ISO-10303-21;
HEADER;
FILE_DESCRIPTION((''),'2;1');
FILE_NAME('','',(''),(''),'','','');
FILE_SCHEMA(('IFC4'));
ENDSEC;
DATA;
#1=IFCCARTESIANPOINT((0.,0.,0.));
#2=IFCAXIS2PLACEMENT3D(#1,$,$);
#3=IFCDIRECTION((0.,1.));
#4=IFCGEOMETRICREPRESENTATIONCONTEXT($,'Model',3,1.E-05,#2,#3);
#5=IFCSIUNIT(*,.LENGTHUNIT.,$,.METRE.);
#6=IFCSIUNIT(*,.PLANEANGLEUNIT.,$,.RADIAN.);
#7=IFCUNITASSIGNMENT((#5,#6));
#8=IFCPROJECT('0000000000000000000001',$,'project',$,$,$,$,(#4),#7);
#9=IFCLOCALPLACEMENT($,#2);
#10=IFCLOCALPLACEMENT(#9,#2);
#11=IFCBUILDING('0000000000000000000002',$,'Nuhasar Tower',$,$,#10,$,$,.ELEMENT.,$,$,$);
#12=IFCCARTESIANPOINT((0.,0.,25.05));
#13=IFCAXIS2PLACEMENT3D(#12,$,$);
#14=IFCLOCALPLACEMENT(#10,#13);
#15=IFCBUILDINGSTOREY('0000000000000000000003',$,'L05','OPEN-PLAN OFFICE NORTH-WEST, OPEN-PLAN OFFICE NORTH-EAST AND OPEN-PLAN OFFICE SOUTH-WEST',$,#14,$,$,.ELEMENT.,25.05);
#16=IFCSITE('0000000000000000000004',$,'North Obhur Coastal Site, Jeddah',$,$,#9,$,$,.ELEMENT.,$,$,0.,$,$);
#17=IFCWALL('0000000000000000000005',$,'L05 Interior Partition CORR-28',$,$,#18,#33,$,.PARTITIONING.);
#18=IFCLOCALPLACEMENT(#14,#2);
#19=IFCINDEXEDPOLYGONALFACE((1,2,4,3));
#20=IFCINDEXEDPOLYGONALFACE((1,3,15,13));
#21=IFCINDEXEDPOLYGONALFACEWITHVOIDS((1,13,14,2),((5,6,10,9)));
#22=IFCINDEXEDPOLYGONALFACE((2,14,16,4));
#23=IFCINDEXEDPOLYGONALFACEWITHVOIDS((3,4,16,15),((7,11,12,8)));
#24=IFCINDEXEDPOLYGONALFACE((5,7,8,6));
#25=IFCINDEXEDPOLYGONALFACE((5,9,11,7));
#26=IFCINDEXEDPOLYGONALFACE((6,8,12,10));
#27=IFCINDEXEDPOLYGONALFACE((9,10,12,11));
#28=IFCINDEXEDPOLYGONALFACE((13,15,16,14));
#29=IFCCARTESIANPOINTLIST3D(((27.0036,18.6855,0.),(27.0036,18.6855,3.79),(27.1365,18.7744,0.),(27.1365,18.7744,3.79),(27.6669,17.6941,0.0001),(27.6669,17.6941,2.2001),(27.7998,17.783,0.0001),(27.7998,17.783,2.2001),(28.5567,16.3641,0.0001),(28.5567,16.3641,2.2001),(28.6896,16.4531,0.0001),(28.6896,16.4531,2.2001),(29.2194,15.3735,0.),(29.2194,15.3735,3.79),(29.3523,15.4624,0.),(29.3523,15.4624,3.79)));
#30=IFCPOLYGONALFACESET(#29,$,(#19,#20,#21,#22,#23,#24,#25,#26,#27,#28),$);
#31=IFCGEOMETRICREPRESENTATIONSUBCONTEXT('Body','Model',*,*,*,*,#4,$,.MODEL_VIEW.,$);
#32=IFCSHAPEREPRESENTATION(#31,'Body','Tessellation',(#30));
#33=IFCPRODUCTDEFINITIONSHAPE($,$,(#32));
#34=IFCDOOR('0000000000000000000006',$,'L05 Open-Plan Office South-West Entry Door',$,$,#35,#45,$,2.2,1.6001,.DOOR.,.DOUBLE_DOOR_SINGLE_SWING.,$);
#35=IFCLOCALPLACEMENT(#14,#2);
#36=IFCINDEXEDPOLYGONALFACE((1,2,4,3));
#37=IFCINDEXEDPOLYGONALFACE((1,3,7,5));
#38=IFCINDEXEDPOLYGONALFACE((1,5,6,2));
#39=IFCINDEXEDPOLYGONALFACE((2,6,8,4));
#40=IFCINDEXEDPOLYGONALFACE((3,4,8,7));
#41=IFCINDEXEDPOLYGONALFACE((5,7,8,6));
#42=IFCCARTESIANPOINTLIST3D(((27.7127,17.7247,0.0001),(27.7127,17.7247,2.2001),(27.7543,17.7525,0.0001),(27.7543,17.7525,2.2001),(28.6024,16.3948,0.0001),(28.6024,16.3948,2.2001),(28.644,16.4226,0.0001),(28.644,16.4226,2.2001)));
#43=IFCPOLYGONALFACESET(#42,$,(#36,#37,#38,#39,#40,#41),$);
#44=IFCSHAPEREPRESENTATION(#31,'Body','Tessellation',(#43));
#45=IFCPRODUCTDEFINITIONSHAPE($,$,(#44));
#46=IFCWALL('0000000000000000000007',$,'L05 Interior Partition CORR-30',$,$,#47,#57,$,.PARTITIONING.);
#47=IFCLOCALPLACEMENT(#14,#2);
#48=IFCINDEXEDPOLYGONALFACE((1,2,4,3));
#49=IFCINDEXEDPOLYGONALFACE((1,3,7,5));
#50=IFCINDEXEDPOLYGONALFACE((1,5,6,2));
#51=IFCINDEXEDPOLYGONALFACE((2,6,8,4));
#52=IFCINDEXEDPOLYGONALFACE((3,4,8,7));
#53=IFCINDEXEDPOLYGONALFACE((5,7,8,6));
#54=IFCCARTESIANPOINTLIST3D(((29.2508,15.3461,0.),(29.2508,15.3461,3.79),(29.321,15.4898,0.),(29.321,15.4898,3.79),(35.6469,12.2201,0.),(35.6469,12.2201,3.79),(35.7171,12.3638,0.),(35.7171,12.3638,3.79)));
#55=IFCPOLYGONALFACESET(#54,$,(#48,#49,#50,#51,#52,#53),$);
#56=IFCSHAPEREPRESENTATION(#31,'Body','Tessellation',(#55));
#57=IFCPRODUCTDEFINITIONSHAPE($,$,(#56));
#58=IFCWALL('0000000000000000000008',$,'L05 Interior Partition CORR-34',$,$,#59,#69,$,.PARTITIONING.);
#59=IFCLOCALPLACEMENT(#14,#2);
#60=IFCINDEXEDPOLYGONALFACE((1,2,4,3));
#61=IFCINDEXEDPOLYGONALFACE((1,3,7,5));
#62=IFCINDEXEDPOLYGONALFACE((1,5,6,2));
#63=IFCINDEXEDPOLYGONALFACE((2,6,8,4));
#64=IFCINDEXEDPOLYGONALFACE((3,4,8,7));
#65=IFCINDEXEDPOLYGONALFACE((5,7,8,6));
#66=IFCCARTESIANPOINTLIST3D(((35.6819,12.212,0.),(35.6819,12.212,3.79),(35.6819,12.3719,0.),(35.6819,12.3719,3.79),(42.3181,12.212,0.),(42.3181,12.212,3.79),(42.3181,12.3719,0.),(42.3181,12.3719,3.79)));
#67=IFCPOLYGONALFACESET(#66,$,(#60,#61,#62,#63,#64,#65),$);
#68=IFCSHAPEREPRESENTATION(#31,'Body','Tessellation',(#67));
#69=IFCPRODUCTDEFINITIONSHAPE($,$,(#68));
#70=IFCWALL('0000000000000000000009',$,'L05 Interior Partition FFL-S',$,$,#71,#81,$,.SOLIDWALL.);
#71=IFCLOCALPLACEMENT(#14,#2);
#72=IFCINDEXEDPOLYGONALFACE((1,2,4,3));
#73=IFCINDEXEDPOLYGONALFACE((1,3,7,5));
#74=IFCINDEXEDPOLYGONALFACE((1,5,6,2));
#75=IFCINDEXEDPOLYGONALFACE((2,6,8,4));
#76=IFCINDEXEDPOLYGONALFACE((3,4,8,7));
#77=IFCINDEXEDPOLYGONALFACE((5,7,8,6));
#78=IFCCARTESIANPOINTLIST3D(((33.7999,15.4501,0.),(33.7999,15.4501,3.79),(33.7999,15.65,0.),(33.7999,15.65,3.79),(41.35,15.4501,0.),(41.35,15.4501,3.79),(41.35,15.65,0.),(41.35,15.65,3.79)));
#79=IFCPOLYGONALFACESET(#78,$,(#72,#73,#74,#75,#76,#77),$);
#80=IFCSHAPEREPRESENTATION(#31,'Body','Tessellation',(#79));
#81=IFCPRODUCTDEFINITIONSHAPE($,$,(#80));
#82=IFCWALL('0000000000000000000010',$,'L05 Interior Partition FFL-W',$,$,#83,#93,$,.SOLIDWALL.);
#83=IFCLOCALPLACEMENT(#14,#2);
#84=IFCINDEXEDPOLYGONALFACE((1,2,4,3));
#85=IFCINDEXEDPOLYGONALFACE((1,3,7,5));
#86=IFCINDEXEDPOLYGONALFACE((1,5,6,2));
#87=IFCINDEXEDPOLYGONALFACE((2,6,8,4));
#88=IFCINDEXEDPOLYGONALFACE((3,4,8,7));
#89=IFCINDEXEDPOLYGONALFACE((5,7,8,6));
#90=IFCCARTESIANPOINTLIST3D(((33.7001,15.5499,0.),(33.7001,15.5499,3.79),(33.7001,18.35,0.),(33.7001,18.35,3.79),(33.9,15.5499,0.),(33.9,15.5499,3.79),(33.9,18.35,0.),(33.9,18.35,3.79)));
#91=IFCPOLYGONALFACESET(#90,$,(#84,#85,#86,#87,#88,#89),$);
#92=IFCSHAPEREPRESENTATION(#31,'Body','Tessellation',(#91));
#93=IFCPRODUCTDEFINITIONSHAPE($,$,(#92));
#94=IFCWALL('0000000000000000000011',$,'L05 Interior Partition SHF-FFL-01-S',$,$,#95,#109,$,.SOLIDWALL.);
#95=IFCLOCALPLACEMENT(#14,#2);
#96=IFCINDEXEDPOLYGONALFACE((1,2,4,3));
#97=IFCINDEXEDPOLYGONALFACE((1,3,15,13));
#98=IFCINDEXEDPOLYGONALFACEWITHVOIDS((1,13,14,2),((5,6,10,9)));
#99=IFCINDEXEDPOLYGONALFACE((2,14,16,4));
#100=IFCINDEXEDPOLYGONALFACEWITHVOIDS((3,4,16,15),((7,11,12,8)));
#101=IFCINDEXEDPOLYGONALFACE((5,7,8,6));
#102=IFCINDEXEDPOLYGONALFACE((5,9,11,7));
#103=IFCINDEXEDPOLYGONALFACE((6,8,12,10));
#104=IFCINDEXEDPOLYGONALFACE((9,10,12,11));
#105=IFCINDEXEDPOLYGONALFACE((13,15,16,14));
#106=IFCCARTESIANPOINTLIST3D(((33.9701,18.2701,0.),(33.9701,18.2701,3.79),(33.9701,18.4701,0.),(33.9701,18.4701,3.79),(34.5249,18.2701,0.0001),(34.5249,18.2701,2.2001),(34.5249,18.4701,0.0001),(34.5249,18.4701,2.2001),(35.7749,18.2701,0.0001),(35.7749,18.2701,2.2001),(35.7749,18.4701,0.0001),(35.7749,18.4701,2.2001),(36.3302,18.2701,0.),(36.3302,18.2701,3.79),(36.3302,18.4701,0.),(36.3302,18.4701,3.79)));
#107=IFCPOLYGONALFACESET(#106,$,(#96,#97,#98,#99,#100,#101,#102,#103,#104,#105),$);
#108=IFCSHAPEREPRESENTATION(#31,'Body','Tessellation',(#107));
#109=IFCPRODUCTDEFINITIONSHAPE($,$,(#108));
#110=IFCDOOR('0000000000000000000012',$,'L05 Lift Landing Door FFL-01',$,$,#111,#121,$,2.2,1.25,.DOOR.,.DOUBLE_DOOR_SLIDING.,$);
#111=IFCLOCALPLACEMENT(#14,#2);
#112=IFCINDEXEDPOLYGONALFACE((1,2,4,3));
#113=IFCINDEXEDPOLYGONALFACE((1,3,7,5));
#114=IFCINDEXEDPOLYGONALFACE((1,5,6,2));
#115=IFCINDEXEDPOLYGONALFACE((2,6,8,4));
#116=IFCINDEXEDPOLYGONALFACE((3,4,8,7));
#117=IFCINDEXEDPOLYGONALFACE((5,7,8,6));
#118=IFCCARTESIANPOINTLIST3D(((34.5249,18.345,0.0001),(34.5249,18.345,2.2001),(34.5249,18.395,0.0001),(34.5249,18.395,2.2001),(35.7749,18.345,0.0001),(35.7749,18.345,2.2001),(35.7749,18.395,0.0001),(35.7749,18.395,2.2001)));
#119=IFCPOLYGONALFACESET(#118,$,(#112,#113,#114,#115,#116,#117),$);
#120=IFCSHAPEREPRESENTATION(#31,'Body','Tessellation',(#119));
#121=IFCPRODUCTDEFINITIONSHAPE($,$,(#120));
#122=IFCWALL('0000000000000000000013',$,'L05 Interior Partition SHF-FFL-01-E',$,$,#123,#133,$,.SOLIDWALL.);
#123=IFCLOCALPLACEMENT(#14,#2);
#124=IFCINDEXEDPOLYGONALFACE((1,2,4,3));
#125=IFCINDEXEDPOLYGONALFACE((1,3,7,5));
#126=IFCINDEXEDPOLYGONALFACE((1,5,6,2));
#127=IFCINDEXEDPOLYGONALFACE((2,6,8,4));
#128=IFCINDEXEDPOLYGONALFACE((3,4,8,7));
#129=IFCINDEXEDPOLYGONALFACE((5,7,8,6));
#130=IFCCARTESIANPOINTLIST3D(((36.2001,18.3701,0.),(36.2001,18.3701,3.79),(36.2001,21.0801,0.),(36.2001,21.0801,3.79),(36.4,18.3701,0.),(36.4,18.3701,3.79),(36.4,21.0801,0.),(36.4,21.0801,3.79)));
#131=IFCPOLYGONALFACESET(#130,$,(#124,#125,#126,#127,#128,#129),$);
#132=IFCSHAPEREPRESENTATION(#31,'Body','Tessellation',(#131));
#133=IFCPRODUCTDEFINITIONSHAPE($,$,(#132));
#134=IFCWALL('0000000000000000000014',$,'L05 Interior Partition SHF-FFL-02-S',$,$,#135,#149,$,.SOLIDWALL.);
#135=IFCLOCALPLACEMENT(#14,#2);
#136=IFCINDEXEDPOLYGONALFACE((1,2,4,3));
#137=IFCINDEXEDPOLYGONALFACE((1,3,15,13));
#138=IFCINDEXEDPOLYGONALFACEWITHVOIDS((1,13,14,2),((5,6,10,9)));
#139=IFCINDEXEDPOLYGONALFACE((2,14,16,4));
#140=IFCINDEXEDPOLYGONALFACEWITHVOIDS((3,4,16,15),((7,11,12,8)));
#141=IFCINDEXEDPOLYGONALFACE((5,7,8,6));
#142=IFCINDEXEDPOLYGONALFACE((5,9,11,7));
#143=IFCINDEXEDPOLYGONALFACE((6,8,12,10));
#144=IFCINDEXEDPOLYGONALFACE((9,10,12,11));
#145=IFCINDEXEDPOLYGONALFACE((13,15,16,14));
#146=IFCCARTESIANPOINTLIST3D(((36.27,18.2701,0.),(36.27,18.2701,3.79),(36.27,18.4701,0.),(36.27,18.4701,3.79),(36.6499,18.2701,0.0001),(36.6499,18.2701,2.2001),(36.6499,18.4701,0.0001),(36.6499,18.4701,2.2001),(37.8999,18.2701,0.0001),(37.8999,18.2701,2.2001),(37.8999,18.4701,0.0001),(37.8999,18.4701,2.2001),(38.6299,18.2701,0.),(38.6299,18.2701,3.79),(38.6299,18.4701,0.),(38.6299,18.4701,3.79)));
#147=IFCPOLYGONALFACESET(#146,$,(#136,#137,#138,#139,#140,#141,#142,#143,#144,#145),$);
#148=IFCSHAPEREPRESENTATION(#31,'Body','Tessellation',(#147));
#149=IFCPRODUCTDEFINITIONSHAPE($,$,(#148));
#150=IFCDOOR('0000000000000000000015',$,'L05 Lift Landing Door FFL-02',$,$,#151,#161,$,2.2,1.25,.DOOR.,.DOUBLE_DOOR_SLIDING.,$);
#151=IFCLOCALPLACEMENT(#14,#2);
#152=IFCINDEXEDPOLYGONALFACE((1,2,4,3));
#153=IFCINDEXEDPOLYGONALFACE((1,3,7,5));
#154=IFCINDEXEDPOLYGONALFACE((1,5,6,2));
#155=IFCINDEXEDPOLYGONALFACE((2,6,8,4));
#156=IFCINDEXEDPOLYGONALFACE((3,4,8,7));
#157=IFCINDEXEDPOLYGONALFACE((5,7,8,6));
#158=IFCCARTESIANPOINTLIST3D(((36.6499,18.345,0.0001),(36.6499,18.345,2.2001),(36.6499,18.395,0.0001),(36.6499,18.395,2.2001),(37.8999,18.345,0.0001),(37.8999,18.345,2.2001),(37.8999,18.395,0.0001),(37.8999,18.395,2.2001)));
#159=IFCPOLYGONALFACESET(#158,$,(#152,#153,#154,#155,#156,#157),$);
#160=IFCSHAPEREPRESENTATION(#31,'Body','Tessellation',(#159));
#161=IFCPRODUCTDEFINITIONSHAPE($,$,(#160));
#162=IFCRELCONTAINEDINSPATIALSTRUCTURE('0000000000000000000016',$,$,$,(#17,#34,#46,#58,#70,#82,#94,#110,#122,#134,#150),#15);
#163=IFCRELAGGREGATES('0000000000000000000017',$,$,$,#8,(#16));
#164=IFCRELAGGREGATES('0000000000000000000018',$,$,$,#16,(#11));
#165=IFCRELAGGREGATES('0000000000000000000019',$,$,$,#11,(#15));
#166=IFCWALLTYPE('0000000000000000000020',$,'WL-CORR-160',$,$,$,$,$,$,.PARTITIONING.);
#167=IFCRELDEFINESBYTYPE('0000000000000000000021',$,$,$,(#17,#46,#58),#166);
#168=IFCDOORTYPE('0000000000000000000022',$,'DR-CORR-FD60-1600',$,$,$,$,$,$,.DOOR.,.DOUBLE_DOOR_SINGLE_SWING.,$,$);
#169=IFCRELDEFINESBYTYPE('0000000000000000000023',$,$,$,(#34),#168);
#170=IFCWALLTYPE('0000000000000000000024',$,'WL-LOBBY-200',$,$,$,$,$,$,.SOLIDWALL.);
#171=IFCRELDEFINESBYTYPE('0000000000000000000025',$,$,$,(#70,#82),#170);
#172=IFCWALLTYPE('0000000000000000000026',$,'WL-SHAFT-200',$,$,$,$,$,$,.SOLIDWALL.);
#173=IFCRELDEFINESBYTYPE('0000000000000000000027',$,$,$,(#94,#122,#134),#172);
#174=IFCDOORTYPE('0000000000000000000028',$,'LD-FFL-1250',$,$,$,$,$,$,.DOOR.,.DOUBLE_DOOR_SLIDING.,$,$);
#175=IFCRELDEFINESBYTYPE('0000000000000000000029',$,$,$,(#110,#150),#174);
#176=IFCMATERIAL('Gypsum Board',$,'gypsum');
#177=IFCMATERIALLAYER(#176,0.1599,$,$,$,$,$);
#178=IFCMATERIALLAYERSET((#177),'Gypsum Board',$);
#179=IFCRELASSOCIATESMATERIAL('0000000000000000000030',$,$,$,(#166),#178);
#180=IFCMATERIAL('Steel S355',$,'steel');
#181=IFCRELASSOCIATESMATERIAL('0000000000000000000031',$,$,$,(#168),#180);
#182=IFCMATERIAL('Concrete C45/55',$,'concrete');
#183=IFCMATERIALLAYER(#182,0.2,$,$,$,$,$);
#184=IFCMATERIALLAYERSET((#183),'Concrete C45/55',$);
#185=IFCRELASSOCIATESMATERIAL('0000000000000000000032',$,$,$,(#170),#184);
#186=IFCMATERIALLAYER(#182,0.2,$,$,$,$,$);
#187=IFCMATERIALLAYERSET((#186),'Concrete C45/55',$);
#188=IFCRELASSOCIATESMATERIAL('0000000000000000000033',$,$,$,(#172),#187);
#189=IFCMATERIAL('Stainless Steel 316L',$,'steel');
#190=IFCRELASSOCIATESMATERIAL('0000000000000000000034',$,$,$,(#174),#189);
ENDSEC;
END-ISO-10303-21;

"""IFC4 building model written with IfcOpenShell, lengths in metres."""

from ifc_helpers import new_model, si_unit, direction, frame, frame_2d, origin, place, context, subcontext, project, spatial, rectangle, extrude, material, layer, layer_set, type_object, element, fill, save


model = new_model("IFC4")

# Units and contexts
model_context = context("Model", 3, precision=1e-05, world=origin(), true_north=direction((0.0, 1.0)))
body_context = subcontext(model_context, "Body", "Model", "MODEL_VIEW")
ifc_project = project(units=[si_unit("LENGTHUNIT", "METRE"), si_unit("PLANEANGLEUNIT", "RADIAN")], contexts=[model_context])

# Site, building, storey
site_placement = place(None, origin())
site = spatial("IfcSite", under=ifc_project, at=site_placement, Name="North Obhur Coastal Site, Jeddah", CompositionType="ELEMENT", RefElevation=0.0)
building_placement = place(site_placement, origin())
building = spatial("IfcBuilding", under=site, at=building_placement, Name="Nuhasar Tower", CompositionType="ELEMENT")
storey_placement = place(building_placement, frame((0.0, 0.0, 25.05)))
storey = spatial("IfcBuildingStorey", under=building, at=storey_placement, Name="L05", Description="OPEN-PLAN OFFICE NORTH-WEST, OPEN-PLAN OFFICE NORTH-EAST AND OPEN-PLAN OFFICE SOUTH-WEST", CompositionType="ELEMENT", Elevation=25.05)

# Shared definitions
ifc_material_1 = material(Name="Steel S355", Category="steel")

# Wall, opening, door
ifc_material_2 = material(Name="Gypsum Board", Category="gypsum")
ifc_layer_1 = layer(ifc_material_2, 0.1599)
ifc_layer_set_1 = layer_set([ifc_layer_1], Name="Gypsum Board")
wall_type_1 = type_object("IfcWallType", Name="WL-CORR-160", PredefinedType="PARTITIONING", material=ifc_layer_set_1)
wall_1_placement = place(storey_placement, frame((29.2859, 15.418, 0.0), z_axis=(0.0, 0.0, 1.0), x_axis=(-0.556057, 0.831144, 0.0)))
wall_1 = element("IfcWall", 1, at=wall_1_placement, inside=storey, type_object=wall_type_1, Name="L05 Interior Partition CORR-28", PredefinedType="PARTITIONING", context=body_context, shape_type="SweptSolid", body=[
    extrude(rectangle(XDim=3.9849, YDim=0.1599, at=frame_2d((1.9924, 0.0))), origin(), (0.0, 0.0, 1.0), 3.79),
])
opening_1_placement = place(wall_1_placement, frame((1.1919, 0.0, 0.0)))
opening_1 = element("IfcOpeningElement", 2, at=opening_1_placement, cuts=wall_1, PredefinedType="OPENING", context=body_context, shape_type="SweptSolid", body=[
    extrude(rectangle(XDim=1.6001, YDim=2.2, at=frame_2d((0.8, 1.1001))), frame((0.0, 0.0898, 0.0), z_axis=(0.0, -1.0, 0.0), x_axis=(1.0, 0.0, 0.0)), (0.0, 0.0, 1.0), 0.1799),
])
door_type_1 = type_object("IfcDoorType", Name="DR-CORR-FD60-1600", OperationType="DOUBLE_DOOR_SINGLE_SWING", PredefinedType="DOOR", material=ifc_material_1)
door_1_placement = place(opening_1_placement, origin())
door_1 = element("IfcDoor", 3, at=door_1_placement, inside=storey, type_object=door_type_1, Name="L05 Open-Plan Office South-West Entry Door", OperationType="DOUBLE_DOOR_SINGLE_SWING", OverallHeight=2.2, OverallWidth=1.6001, PredefinedType="DOOR", context=body_context, shape_type="SweptSolid", body=[
    extrude(rectangle(XDim=1.6001, YDim=2.2, at=frame_2d((0.8, 1.1001))), frame((0.0, 0.0249, 0.0), z_axis=(0.0, -1.0, 0.0), x_axis=(1.0, 0.0, 0.0)), (0.0, 0.0, 1.0), 0.05),
])
fill(opening_1, door_1)

# Walls
wall_2_placement = place(storey_placement, frame((29.2859, 15.418, 0.0), z_axis=(0.0, 0.0, 1.0), x_axis=(0.898437, -0.439102, 0.0)))
element("IfcWall", 4, at=wall_2_placement, inside=storey, type_object=wall_type_1, Name="L05 Interior Partition CORR-30", PredefinedType="PARTITIONING", context=body_context, shape_type="SweptSolid", body=[
    extrude(rectangle(XDim=7.1191, YDim=0.1599, at=frame_2d((3.5596, 0.0))), origin(), (0.0, 0.0, 1.0), 3.79),
])
wall_3_placement = place(storey_placement, frame((35.6819, 12.292, 0.0), z_axis=(0.0, 0.0, 1.0), x_axis=(1.0, 0.0, 0.0)))
element("IfcWall", 5, at=wall_3_placement, inside=storey, type_object=wall_type_1, Name="L05 Interior Partition CORR-34", PredefinedType="PARTITIONING", context=body_context, shape_type="SweptSolid", body=[
    extrude(rectangle(XDim=6.6362, YDim=0.1599, at=frame_2d((3.3181, 0.0))), origin(), (0.0, 0.0, 1.0), 3.79),
])
ifc_material_3 = material(Name="Concrete C45/55", Category="concrete")
ifc_layer_2 = layer(ifc_material_3, 0.2)
ifc_layer_set_2 = layer_set([ifc_layer_2], Name="Concrete C45/55")
wall_type_2 = type_object("IfcWallType", Name="WL-LOBBY-200", PredefinedType="SOLIDWALL", material=ifc_layer_set_2)
wall_4_placement = place(storey_placement, frame((33.8, 15.55, 0.0), z_axis=(0.0, 0.0, 1.0), x_axis=(1.0, 0.0, 0.0)))
element("IfcWall", 6, at=wall_4_placement, inside=storey, type_object=wall_type_2, Name="L05 Interior Partition FFL-S", PredefinedType="SOLIDWALL", context=body_context, shape_type="SweptSolid", body=[
    extrude(rectangle(XDim=7.55, YDim=0.2, at=frame_2d((3.7749, 0.0))), origin(), (0.0, 0.0, 1.0), 3.79),
])
wall_5_placement = place(storey_placement, frame((33.8, 15.55, 0.0), z_axis=(0.0, 0.0, 1.0), x_axis=(0.0, 1.0, 0.0)))
element("IfcWall", 7, at=wall_5_placement, inside=storey, type_object=wall_type_2, Name="L05 Interior Partition FFL-W", PredefinedType="SOLIDWALL", context=body_context, shape_type="SweptSolid", body=[
    extrude(rectangle(XDim=2.8, YDim=0.2, at=frame_2d((1.3999, 0.0))), origin(), (0.0, 0.0, 1.0), 3.79),
])

# Wall, opening, door
ifc_layer_3 = layer(ifc_material_3, 0.2)
ifc_layer_set_3 = layer_set([ifc_layer_3], Name="Concrete C45/55")
wall_type_3 = type_object("IfcWallType", Name="WL-SHAFT-200", PredefinedType="SOLIDWALL", material=ifc_layer_set_3)
wall_6_placement = place(storey_placement, frame((33.97, 18.3701, 0.0), z_axis=(0.0, 0.0, 1.0), x_axis=(1.0, 0.0, 0.0)))
wall_6 = element("IfcWall", 8, at=wall_6_placement, inside=storey, type_object=wall_type_3, Name="L05 Interior Partition SHF-FFL-01-S", PredefinedType="SOLIDWALL", context=body_context, shape_type="SweptSolid", body=[
    extrude(rectangle(XDim=2.3601, YDim=0.2, at=frame_2d((1.1802, 0.0))), origin(), (0.0, 0.0, 1.0), 3.79),
])
opening_2_placement = place(wall_6_placement, frame((0.5549, 0.0, 0.0)))
opening_2 = element("IfcOpeningElement", 9, at=opening_2_placement, cuts=wall_6, PredefinedType="OPENING", context=body_context, shape_type="SweptSolid", body=[
    extrude(rectangle(XDim=1.25, YDim=2.2, at=frame_2d((0.625, 1.1001))), frame((0.0, 0.1099, 0.0), z_axis=(0.0, -1.0, 0.0), x_axis=(1.0, 0.0, 0.0)), (0.0, 0.0, 1.0), 0.22),
])
ifc_material_4 = material(Name="Stainless Steel 316L", Category="steel")
door_type_2 = type_object("IfcDoorType", Name="LD-FFL-1250", OperationType="DOUBLE_DOOR_SLIDING", PredefinedType="DOOR", material=ifc_material_4)
door_2_placement = place(opening_2_placement, origin())
door_2 = element("IfcDoor", 10, at=door_2_placement, inside=storey, type_object=door_type_2, Name="L05 Lift Landing Door FFL-01", OperationType="DOUBLE_DOOR_SLIDING", OverallHeight=2.2, OverallWidth=1.25, PredefinedType="DOOR", context=body_context, shape_type="SweptSolid", body=[
    extrude(rectangle(XDim=1.25, YDim=2.2, at=frame_2d((0.625, 1.1001))), frame((0.0, 0.0249, 0.0), z_axis=(0.0, -1.0, 0.0), x_axis=(1.0, 0.0, 0.0)), (0.0, 0.0, 1.0), 0.05),
])
fill(opening_2, door_2)

# Wall
wall_7_placement = place(storey_placement, frame((36.3, 18.3701, 0.0), z_axis=(0.0, 0.0, 1.0), x_axis=(0.0, 1.0, 0.0)))
element("IfcWall", 11, at=wall_7_placement, inside=storey, type_object=wall_type_3, Name="L05 Interior Partition SHF-FFL-01-E", PredefinedType="SOLIDWALL", context=body_context, shape_type="SweptSolid", body=[
    extrude(rectangle(XDim=2.71, YDim=0.2, at=frame_2d((1.355, 0.0))), origin(), (0.0, 0.0, 1.0), 3.79),
])

# Wall, opening, door
wall_8_placement = place(storey_placement, frame((36.27, 18.3701, 0.0), z_axis=(0.0, 0.0, 1.0), x_axis=(1.0, 0.0, 0.0)))
wall_8 = element("IfcWall", 12, at=wall_8_placement, inside=storey, type_object=wall_type_3, Name="L05 Interior Partition SHF-FFL-02-S", PredefinedType="SOLIDWALL", context=body_context, shape_type="SweptSolid", body=[
    extrude(rectangle(XDim=2.3599, YDim=0.2, at=frame_2d((1.1799, 0.0))), origin(), (0.0, 0.0, 1.0), 3.79),
])
opening_3_placement = place(wall_8_placement, frame((0.3799, 0.0, 0.0)))
opening_3 = element("IfcOpeningElement", 13, at=opening_3_placement, cuts=wall_8, PredefinedType="OPENING", context=body_context, shape_type="SweptSolid", body=[
    extrude(rectangle(XDim=1.25, YDim=2.2, at=frame_2d((0.625, 1.1001))), frame((0.0, 0.1099, 0.0), z_axis=(0.0, -1.0, 0.0), x_axis=(1.0, 0.0, 0.0)), (0.0, 0.0, 1.0), 0.22),
])
door_3_placement = place(opening_3_placement, origin())
door_3 = element("IfcDoor", 14, at=door_3_placement, inside=storey, type_object=door_type_2, Name="L05 Lift Landing Door FFL-02", OperationType="DOUBLE_DOOR_SLIDING", OverallHeight=2.2, OverallWidth=1.25, PredefinedType="DOOR", context=body_context, shape_type="SweptSolid", body=[
    extrude(rectangle(XDim=1.25, YDim=2.2, at=frame_2d((0.625, 1.1001))), frame((0.0, 0.0249, 0.0), z_axis=(0.0, -1.0, 0.0), x_axis=(1.0, 0.0, 0.0)), (0.0, 0.0, 1.0), 0.05),
])
fill(opening_3, door_3)

save(model, "model.ifc")
